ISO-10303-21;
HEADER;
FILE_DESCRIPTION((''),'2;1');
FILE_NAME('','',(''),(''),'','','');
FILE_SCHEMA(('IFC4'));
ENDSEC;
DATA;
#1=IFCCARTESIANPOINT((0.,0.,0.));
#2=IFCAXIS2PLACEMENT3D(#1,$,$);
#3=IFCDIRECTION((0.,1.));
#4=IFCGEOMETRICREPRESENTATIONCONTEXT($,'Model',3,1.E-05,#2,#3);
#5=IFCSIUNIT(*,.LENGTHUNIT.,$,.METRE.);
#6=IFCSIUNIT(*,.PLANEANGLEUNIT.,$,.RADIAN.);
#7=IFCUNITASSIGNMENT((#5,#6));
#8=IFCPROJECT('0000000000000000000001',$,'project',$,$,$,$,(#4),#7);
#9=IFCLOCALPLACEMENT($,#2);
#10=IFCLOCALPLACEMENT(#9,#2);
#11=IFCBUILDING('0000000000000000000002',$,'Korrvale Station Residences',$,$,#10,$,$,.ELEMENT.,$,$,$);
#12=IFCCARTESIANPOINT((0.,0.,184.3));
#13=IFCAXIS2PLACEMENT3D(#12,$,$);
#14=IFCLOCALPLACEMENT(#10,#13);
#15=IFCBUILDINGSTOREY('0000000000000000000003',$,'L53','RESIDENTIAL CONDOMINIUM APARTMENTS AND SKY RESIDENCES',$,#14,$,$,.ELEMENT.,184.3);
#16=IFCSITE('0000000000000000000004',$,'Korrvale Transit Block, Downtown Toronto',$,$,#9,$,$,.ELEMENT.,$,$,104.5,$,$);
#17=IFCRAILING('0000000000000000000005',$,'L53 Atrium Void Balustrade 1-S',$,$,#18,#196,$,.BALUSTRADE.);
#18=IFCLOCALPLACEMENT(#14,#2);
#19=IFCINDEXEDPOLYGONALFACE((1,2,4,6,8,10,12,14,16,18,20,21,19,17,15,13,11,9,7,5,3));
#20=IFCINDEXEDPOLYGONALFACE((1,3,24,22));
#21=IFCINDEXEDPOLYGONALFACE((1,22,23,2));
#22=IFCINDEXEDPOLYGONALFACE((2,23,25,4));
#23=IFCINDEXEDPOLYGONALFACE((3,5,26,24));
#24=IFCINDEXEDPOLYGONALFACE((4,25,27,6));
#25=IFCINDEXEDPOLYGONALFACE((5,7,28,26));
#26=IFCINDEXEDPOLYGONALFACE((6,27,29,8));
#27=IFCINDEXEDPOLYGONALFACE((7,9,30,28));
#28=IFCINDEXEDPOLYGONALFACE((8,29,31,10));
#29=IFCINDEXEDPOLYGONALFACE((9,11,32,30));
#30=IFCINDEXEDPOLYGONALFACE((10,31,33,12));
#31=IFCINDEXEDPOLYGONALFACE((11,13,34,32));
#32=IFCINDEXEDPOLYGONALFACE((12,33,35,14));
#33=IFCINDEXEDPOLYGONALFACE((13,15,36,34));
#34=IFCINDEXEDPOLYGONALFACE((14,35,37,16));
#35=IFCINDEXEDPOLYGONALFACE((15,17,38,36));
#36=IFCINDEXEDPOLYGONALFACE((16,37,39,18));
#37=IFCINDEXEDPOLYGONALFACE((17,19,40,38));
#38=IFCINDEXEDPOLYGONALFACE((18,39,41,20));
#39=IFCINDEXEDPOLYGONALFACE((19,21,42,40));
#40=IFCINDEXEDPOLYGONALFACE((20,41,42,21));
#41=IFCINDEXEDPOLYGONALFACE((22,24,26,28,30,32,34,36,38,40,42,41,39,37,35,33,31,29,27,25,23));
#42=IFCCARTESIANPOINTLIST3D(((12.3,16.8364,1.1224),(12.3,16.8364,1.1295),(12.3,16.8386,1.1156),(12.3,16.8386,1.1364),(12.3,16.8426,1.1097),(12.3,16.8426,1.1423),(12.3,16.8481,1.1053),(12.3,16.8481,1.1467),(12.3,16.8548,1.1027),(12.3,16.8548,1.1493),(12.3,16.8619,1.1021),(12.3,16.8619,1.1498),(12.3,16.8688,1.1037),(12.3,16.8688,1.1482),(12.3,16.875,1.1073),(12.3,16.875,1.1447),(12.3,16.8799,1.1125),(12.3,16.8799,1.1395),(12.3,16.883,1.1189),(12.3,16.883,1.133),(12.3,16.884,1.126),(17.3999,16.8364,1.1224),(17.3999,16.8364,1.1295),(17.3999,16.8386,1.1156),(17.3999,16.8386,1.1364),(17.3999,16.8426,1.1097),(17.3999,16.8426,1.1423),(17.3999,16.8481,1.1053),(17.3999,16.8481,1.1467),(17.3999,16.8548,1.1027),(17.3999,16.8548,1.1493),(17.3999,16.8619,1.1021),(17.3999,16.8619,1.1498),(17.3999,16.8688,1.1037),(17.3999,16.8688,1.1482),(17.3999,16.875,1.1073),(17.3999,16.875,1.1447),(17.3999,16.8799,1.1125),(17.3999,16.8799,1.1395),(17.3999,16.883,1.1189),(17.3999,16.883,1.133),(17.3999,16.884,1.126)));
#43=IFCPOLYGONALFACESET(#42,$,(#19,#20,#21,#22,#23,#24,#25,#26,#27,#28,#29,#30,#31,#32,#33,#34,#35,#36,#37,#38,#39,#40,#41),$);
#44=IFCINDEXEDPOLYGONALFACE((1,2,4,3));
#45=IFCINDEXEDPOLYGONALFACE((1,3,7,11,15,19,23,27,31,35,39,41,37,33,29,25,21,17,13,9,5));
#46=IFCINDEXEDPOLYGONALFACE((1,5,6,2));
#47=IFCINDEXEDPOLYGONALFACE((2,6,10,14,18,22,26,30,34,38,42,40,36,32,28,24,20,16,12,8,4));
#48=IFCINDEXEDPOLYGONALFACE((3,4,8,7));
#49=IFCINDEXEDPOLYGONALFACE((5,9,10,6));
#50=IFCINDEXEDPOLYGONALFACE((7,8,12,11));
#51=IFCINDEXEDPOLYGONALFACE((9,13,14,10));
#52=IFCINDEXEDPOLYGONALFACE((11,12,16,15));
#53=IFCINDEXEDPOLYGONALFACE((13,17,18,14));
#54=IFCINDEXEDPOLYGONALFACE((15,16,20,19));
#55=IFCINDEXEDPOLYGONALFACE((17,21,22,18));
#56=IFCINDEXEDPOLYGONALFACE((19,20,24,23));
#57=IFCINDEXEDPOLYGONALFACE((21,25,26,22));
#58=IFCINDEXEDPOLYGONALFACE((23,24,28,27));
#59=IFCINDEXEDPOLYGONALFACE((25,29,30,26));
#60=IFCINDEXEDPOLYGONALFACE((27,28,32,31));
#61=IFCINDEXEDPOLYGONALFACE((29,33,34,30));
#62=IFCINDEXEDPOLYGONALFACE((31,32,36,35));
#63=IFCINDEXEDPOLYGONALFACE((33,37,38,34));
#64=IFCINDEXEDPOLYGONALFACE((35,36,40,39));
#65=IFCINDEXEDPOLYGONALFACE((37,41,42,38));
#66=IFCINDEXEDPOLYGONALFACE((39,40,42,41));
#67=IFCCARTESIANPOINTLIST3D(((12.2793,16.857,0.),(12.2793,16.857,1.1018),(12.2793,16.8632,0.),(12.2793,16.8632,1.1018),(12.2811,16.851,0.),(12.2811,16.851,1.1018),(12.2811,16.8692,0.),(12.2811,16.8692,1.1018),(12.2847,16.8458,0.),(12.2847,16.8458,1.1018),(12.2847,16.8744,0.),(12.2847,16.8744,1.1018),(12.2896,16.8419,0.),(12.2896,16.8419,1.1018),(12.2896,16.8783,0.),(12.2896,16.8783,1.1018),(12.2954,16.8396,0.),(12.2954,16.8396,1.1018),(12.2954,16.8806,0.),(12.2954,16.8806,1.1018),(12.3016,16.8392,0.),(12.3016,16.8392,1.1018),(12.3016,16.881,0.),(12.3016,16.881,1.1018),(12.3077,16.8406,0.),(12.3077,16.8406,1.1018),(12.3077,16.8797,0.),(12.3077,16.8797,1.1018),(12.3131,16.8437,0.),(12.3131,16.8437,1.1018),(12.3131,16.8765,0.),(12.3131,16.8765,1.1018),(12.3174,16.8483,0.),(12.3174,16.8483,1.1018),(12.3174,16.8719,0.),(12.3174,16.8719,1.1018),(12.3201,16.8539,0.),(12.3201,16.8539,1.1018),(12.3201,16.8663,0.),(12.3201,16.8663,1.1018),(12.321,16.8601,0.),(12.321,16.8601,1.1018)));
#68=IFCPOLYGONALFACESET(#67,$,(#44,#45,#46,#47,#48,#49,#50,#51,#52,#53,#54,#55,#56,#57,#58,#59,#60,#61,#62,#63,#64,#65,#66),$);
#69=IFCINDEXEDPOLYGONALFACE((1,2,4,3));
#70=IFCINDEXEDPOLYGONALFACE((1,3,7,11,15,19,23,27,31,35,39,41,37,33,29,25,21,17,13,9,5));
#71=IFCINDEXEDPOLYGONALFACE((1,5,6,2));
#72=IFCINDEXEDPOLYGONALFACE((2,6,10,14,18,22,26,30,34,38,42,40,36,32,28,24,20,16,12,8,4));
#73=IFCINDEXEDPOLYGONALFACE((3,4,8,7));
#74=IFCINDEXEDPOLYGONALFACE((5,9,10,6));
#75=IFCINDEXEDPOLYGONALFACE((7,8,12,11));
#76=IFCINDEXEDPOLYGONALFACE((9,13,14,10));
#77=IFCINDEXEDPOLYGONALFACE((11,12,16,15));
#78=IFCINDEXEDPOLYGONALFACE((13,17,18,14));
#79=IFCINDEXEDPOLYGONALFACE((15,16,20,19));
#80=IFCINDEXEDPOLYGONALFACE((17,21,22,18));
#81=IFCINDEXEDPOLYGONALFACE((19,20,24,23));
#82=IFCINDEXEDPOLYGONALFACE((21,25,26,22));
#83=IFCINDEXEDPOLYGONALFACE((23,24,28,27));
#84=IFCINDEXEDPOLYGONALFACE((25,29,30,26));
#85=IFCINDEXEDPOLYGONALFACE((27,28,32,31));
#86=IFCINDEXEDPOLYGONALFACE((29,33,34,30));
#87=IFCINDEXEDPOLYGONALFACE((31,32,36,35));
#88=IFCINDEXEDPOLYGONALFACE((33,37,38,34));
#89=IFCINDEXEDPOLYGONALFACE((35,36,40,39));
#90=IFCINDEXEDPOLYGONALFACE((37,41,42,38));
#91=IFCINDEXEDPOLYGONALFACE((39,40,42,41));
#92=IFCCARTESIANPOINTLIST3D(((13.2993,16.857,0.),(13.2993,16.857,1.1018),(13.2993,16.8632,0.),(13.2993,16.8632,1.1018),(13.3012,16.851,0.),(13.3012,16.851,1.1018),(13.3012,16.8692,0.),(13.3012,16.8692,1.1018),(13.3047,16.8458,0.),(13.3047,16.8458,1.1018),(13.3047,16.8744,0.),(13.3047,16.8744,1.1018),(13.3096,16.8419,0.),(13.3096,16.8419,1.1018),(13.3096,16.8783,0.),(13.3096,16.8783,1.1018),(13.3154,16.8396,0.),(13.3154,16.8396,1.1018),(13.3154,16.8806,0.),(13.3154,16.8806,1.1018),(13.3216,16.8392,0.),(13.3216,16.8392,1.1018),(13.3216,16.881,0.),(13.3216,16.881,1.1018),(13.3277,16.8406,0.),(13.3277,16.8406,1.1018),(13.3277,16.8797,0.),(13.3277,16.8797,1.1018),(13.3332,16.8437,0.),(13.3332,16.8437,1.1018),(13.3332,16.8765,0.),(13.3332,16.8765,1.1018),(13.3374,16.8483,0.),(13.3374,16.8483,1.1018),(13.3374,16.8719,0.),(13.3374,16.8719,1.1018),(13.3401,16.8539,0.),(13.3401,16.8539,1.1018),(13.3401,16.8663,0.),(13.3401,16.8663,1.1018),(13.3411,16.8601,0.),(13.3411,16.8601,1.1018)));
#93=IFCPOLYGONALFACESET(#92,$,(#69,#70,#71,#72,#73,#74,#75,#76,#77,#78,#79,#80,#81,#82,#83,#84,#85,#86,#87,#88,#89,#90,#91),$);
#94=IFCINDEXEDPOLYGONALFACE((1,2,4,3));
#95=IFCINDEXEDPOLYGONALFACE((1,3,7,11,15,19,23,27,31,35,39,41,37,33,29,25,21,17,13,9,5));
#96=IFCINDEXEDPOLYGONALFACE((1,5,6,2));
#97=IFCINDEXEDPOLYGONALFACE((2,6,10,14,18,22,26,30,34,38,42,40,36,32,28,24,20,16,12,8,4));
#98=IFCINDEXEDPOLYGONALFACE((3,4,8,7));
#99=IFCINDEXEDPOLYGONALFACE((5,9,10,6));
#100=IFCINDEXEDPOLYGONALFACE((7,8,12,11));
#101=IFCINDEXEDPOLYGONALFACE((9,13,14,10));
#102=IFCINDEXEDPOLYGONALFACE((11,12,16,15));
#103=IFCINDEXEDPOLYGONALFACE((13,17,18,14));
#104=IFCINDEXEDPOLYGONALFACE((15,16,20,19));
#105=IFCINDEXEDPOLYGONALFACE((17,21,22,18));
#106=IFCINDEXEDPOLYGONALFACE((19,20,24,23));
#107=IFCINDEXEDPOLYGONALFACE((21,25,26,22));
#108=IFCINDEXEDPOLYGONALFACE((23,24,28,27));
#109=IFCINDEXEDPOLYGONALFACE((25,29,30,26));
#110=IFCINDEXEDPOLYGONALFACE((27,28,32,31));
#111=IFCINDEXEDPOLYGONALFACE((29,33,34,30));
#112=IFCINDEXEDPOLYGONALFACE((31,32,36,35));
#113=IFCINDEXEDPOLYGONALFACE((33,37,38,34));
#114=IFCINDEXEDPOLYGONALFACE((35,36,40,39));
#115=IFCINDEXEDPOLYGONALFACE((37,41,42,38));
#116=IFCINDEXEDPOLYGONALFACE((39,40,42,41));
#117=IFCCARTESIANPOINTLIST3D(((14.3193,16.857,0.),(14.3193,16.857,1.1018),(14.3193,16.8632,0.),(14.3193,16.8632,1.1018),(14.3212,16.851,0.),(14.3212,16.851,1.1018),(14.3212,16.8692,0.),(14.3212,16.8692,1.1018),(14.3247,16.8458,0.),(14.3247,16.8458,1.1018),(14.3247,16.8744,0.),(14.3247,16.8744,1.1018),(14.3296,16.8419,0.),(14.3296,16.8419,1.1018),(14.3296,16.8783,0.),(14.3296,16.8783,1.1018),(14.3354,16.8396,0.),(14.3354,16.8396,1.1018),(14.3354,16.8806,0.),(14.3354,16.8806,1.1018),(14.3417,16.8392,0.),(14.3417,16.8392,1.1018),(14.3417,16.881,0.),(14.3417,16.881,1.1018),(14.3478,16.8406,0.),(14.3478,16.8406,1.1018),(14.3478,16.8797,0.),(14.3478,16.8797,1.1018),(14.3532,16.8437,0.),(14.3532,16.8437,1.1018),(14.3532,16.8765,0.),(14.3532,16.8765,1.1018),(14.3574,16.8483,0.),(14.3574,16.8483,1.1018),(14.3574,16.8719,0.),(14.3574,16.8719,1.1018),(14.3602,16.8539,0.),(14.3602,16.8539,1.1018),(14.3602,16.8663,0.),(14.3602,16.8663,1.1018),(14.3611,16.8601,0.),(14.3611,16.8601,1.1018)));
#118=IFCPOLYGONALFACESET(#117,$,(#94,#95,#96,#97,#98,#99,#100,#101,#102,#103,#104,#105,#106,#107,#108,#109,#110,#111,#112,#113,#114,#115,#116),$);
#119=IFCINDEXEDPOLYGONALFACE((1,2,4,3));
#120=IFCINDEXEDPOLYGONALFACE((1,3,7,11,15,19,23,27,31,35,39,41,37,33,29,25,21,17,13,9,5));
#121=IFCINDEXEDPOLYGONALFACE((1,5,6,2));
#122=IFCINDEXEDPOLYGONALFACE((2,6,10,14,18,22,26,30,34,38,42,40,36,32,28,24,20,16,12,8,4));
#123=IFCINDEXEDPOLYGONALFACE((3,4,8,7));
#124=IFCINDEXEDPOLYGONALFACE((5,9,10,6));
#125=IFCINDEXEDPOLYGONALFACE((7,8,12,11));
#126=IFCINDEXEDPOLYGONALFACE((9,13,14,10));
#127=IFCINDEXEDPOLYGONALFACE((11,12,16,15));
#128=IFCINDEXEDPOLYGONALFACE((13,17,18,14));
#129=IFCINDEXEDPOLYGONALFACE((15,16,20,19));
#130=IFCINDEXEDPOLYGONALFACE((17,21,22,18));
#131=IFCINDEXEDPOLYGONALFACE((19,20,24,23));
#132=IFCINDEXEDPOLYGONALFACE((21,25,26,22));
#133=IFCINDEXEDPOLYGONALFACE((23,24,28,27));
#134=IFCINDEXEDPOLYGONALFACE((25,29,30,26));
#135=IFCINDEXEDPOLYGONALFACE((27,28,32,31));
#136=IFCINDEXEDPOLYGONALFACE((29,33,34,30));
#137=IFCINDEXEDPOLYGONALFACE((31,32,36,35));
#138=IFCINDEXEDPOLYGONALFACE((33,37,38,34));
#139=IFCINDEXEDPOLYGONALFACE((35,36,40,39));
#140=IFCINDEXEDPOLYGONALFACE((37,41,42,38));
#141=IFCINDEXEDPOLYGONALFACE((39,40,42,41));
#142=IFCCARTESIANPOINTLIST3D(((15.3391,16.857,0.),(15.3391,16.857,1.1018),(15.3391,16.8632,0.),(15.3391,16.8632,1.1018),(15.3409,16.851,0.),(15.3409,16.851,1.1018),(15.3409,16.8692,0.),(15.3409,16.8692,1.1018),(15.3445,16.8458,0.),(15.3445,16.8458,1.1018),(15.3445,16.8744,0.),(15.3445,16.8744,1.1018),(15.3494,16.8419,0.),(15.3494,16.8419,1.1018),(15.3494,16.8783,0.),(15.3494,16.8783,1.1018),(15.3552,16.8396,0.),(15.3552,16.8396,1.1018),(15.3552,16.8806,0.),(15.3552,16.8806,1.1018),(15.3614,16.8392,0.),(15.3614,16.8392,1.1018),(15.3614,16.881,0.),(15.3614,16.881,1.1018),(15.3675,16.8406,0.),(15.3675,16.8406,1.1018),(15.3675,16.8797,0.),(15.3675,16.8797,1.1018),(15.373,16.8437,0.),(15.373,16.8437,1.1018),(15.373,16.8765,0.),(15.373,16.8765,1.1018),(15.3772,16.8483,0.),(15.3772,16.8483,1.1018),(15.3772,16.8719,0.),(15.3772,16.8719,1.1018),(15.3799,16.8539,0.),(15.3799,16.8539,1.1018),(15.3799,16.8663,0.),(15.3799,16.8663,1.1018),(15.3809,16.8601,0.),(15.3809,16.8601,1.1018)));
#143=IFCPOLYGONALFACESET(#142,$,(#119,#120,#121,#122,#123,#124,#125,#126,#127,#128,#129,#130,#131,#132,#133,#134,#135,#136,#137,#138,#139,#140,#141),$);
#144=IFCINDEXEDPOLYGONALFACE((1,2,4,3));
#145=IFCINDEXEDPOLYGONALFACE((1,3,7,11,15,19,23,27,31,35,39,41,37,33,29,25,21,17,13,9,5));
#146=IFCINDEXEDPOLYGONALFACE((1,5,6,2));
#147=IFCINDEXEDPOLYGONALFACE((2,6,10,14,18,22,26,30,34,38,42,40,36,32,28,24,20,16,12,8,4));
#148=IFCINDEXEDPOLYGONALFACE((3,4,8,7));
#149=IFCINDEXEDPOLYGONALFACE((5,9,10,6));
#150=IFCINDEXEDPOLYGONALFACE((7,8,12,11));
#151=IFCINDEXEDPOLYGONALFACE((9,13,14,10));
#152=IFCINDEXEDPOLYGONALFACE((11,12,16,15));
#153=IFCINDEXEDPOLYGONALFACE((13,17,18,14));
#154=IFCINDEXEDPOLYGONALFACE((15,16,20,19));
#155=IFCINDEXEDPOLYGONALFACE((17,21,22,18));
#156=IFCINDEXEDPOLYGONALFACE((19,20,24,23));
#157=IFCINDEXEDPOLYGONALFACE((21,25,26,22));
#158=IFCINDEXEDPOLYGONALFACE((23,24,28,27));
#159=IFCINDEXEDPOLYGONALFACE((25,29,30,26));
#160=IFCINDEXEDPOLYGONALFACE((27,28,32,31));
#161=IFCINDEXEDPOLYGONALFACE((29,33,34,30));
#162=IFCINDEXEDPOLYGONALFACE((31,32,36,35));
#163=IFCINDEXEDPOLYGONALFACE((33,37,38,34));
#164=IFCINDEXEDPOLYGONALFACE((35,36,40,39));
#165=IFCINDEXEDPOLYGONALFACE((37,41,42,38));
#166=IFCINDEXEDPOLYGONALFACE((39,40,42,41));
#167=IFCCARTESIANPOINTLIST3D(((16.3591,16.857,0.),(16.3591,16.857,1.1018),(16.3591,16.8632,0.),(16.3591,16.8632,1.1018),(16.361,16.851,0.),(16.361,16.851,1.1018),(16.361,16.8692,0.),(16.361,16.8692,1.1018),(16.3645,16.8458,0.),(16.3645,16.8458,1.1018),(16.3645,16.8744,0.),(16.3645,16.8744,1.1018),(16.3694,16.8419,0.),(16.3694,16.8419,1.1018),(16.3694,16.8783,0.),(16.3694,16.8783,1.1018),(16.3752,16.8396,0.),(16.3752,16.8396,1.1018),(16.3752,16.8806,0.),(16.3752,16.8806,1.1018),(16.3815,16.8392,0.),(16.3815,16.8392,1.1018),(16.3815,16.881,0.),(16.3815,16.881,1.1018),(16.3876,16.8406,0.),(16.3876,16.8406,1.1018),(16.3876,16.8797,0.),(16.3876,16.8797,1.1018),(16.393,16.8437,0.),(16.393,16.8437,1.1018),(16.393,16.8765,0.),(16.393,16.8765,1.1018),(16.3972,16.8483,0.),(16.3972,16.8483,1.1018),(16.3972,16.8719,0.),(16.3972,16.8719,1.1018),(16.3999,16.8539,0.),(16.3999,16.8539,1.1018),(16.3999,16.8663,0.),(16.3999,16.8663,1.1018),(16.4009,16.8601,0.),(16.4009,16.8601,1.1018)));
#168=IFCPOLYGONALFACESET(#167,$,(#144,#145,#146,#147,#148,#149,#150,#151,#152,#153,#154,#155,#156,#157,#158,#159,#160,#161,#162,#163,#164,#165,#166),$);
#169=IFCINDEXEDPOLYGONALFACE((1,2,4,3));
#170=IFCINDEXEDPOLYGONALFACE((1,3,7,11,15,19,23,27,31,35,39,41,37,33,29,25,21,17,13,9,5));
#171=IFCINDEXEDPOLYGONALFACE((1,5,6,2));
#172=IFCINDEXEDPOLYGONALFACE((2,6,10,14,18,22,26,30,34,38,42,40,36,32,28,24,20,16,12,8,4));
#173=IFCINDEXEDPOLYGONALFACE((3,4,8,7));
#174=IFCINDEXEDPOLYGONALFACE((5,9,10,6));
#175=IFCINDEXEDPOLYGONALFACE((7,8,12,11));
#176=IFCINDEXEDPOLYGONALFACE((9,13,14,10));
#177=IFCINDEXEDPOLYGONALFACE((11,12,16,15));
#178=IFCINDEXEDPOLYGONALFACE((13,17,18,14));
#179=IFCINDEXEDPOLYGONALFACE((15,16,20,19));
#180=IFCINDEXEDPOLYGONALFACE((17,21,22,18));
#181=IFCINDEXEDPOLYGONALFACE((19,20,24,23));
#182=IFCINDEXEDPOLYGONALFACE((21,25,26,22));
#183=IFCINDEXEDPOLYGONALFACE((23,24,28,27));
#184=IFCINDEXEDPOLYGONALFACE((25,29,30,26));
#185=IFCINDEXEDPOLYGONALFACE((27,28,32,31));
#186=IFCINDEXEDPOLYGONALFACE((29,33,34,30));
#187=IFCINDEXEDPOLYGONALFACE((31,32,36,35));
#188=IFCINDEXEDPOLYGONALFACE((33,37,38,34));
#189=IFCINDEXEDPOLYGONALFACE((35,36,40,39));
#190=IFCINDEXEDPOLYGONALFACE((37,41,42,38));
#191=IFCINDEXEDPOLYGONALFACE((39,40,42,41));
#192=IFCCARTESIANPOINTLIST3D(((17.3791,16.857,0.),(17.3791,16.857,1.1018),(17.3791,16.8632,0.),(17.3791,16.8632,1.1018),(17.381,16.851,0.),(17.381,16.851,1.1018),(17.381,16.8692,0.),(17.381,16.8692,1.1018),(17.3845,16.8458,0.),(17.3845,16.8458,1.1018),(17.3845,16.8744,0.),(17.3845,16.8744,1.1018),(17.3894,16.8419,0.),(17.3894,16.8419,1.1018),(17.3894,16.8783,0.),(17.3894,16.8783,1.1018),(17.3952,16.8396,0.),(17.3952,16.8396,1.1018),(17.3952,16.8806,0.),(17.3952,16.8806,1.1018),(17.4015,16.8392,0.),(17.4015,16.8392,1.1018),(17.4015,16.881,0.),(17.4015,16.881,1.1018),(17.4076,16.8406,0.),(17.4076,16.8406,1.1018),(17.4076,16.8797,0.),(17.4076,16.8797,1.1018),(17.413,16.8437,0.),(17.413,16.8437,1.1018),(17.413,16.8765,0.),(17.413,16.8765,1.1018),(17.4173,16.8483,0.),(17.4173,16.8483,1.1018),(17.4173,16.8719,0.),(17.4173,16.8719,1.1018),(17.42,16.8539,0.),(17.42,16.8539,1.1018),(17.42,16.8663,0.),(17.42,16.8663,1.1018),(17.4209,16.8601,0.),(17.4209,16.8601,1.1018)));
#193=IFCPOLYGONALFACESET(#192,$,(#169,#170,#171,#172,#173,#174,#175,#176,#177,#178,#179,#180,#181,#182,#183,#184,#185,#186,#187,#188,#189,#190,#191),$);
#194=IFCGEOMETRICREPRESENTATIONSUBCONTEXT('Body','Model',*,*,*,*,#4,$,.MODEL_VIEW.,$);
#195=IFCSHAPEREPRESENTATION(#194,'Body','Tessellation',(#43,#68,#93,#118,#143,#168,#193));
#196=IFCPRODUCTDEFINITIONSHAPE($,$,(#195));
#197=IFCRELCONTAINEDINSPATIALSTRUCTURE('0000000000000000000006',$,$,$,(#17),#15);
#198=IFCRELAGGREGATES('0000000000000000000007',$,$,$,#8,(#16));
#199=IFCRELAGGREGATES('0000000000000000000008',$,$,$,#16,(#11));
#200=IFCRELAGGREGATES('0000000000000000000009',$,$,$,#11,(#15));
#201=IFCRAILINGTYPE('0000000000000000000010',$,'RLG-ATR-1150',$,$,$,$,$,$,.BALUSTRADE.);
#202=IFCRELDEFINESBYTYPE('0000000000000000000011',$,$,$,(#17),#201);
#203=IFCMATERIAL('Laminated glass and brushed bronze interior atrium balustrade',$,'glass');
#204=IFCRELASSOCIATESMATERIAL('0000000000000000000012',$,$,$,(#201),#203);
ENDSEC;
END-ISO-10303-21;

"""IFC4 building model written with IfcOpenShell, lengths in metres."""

from ifc_helpers import new_model, si_unit, direction, frame, origin, origin_2d, place, context, subcontext, project, spatial, circle, extrude, material, type_object, element, save


model = new_model("IFC4")

# Units and contexts
model_context = context("Model", 3, precision=1e-05, world=origin(), true_north=direction((0.0, 1.0)))
body_context = subcontext(model_context, "Body", "Model", "MODEL_VIEW")
ifc_project = project(units=[si_unit("LENGTHUNIT", "METRE"), si_unit("PLANEANGLEUNIT", "RADIAN")], contexts=[model_context])

# Site, building, storey
site_placement = place(None, origin())
site = spatial("IfcSite", under=ifc_project, at=site_placement, Name="Korrvale Transit Block, Downtown Toronto", CompositionType="ELEMENT", RefElevation=104.5)
building_placement = place(site_placement, origin())
building = spatial("IfcBuilding", under=site, at=building_placement, Name="Korrvale Station Residences", CompositionType="ELEMENT")
storey_placement = place(building_placement, frame((0.0, 0.0, 184.3)))
storey = spatial("IfcBuildingStorey", under=building, at=storey_placement, Name="L53", Description="RESIDENTIAL CONDOMINIUM APARTMENTS AND SKY RESIDENCES", CompositionType="ELEMENT", Elevation=184.3)

# Railing
ifc_material_1 = material(Name="Laminated glass and brushed bronze interior atrium balustrade", Category="glass")
railing_type = type_object("IfcRailingType", Name="RLG-ATR-1150", PredefinedType="BALUSTRADE", material=ifc_material_1)
railing_1_placement = place(storey_placement, frame((12.3, 16.8601, 0.0)))
element("IfcRailing", 1, at=railing_1_placement, inside=storey, type_object=railing_type, Name="L53 Atrium Void Balustrade 1-S", PredefinedType="BALUSTRADE", context=body_context, shape_type="SweptSolid", body=[
    extrude(circle(Radius=0.0239, at=origin_2d()), frame((0.0, 0.0, 1.126), z_axis=(1.0, 0.0, 0.0), x_axis=(0.0, 1.0, 0.0)), (0.0, 0.0, 1.0), 5.0999),
    extrude(circle(Radius=0.021, at=origin_2d()), origin(), (0.0, 0.0, 1.0), 1.1018),
    extrude(circle(Radius=0.021, at=origin_2d()), frame((1.02, 0.0, 0.0)), (0.0, 0.0, 1.0), 1.1018),
    extrude(circle(Radius=0.021, at=origin_2d()), frame((2.04, 0.0, 0.0)), (0.0, 0.0, 1.0), 1.1018),
    extrude(circle(Radius=0.021, at=origin_2d()), frame((3.0598, 0.0, 0.0)), (0.0, 0.0, 1.0), 1.1018),
    extrude(circle(Radius=0.021, at=origin_2d()), frame((4.0798, 0.0, 0.0)), (0.0, 0.0, 1.0), 1.1018),
    extrude(circle(Radius=0.021, at=origin_2d()), frame((5.0999, 0.0, 0.0)), (0.0, 0.0, 1.0), 1.1018),
])

save(model, "model.ifc")
